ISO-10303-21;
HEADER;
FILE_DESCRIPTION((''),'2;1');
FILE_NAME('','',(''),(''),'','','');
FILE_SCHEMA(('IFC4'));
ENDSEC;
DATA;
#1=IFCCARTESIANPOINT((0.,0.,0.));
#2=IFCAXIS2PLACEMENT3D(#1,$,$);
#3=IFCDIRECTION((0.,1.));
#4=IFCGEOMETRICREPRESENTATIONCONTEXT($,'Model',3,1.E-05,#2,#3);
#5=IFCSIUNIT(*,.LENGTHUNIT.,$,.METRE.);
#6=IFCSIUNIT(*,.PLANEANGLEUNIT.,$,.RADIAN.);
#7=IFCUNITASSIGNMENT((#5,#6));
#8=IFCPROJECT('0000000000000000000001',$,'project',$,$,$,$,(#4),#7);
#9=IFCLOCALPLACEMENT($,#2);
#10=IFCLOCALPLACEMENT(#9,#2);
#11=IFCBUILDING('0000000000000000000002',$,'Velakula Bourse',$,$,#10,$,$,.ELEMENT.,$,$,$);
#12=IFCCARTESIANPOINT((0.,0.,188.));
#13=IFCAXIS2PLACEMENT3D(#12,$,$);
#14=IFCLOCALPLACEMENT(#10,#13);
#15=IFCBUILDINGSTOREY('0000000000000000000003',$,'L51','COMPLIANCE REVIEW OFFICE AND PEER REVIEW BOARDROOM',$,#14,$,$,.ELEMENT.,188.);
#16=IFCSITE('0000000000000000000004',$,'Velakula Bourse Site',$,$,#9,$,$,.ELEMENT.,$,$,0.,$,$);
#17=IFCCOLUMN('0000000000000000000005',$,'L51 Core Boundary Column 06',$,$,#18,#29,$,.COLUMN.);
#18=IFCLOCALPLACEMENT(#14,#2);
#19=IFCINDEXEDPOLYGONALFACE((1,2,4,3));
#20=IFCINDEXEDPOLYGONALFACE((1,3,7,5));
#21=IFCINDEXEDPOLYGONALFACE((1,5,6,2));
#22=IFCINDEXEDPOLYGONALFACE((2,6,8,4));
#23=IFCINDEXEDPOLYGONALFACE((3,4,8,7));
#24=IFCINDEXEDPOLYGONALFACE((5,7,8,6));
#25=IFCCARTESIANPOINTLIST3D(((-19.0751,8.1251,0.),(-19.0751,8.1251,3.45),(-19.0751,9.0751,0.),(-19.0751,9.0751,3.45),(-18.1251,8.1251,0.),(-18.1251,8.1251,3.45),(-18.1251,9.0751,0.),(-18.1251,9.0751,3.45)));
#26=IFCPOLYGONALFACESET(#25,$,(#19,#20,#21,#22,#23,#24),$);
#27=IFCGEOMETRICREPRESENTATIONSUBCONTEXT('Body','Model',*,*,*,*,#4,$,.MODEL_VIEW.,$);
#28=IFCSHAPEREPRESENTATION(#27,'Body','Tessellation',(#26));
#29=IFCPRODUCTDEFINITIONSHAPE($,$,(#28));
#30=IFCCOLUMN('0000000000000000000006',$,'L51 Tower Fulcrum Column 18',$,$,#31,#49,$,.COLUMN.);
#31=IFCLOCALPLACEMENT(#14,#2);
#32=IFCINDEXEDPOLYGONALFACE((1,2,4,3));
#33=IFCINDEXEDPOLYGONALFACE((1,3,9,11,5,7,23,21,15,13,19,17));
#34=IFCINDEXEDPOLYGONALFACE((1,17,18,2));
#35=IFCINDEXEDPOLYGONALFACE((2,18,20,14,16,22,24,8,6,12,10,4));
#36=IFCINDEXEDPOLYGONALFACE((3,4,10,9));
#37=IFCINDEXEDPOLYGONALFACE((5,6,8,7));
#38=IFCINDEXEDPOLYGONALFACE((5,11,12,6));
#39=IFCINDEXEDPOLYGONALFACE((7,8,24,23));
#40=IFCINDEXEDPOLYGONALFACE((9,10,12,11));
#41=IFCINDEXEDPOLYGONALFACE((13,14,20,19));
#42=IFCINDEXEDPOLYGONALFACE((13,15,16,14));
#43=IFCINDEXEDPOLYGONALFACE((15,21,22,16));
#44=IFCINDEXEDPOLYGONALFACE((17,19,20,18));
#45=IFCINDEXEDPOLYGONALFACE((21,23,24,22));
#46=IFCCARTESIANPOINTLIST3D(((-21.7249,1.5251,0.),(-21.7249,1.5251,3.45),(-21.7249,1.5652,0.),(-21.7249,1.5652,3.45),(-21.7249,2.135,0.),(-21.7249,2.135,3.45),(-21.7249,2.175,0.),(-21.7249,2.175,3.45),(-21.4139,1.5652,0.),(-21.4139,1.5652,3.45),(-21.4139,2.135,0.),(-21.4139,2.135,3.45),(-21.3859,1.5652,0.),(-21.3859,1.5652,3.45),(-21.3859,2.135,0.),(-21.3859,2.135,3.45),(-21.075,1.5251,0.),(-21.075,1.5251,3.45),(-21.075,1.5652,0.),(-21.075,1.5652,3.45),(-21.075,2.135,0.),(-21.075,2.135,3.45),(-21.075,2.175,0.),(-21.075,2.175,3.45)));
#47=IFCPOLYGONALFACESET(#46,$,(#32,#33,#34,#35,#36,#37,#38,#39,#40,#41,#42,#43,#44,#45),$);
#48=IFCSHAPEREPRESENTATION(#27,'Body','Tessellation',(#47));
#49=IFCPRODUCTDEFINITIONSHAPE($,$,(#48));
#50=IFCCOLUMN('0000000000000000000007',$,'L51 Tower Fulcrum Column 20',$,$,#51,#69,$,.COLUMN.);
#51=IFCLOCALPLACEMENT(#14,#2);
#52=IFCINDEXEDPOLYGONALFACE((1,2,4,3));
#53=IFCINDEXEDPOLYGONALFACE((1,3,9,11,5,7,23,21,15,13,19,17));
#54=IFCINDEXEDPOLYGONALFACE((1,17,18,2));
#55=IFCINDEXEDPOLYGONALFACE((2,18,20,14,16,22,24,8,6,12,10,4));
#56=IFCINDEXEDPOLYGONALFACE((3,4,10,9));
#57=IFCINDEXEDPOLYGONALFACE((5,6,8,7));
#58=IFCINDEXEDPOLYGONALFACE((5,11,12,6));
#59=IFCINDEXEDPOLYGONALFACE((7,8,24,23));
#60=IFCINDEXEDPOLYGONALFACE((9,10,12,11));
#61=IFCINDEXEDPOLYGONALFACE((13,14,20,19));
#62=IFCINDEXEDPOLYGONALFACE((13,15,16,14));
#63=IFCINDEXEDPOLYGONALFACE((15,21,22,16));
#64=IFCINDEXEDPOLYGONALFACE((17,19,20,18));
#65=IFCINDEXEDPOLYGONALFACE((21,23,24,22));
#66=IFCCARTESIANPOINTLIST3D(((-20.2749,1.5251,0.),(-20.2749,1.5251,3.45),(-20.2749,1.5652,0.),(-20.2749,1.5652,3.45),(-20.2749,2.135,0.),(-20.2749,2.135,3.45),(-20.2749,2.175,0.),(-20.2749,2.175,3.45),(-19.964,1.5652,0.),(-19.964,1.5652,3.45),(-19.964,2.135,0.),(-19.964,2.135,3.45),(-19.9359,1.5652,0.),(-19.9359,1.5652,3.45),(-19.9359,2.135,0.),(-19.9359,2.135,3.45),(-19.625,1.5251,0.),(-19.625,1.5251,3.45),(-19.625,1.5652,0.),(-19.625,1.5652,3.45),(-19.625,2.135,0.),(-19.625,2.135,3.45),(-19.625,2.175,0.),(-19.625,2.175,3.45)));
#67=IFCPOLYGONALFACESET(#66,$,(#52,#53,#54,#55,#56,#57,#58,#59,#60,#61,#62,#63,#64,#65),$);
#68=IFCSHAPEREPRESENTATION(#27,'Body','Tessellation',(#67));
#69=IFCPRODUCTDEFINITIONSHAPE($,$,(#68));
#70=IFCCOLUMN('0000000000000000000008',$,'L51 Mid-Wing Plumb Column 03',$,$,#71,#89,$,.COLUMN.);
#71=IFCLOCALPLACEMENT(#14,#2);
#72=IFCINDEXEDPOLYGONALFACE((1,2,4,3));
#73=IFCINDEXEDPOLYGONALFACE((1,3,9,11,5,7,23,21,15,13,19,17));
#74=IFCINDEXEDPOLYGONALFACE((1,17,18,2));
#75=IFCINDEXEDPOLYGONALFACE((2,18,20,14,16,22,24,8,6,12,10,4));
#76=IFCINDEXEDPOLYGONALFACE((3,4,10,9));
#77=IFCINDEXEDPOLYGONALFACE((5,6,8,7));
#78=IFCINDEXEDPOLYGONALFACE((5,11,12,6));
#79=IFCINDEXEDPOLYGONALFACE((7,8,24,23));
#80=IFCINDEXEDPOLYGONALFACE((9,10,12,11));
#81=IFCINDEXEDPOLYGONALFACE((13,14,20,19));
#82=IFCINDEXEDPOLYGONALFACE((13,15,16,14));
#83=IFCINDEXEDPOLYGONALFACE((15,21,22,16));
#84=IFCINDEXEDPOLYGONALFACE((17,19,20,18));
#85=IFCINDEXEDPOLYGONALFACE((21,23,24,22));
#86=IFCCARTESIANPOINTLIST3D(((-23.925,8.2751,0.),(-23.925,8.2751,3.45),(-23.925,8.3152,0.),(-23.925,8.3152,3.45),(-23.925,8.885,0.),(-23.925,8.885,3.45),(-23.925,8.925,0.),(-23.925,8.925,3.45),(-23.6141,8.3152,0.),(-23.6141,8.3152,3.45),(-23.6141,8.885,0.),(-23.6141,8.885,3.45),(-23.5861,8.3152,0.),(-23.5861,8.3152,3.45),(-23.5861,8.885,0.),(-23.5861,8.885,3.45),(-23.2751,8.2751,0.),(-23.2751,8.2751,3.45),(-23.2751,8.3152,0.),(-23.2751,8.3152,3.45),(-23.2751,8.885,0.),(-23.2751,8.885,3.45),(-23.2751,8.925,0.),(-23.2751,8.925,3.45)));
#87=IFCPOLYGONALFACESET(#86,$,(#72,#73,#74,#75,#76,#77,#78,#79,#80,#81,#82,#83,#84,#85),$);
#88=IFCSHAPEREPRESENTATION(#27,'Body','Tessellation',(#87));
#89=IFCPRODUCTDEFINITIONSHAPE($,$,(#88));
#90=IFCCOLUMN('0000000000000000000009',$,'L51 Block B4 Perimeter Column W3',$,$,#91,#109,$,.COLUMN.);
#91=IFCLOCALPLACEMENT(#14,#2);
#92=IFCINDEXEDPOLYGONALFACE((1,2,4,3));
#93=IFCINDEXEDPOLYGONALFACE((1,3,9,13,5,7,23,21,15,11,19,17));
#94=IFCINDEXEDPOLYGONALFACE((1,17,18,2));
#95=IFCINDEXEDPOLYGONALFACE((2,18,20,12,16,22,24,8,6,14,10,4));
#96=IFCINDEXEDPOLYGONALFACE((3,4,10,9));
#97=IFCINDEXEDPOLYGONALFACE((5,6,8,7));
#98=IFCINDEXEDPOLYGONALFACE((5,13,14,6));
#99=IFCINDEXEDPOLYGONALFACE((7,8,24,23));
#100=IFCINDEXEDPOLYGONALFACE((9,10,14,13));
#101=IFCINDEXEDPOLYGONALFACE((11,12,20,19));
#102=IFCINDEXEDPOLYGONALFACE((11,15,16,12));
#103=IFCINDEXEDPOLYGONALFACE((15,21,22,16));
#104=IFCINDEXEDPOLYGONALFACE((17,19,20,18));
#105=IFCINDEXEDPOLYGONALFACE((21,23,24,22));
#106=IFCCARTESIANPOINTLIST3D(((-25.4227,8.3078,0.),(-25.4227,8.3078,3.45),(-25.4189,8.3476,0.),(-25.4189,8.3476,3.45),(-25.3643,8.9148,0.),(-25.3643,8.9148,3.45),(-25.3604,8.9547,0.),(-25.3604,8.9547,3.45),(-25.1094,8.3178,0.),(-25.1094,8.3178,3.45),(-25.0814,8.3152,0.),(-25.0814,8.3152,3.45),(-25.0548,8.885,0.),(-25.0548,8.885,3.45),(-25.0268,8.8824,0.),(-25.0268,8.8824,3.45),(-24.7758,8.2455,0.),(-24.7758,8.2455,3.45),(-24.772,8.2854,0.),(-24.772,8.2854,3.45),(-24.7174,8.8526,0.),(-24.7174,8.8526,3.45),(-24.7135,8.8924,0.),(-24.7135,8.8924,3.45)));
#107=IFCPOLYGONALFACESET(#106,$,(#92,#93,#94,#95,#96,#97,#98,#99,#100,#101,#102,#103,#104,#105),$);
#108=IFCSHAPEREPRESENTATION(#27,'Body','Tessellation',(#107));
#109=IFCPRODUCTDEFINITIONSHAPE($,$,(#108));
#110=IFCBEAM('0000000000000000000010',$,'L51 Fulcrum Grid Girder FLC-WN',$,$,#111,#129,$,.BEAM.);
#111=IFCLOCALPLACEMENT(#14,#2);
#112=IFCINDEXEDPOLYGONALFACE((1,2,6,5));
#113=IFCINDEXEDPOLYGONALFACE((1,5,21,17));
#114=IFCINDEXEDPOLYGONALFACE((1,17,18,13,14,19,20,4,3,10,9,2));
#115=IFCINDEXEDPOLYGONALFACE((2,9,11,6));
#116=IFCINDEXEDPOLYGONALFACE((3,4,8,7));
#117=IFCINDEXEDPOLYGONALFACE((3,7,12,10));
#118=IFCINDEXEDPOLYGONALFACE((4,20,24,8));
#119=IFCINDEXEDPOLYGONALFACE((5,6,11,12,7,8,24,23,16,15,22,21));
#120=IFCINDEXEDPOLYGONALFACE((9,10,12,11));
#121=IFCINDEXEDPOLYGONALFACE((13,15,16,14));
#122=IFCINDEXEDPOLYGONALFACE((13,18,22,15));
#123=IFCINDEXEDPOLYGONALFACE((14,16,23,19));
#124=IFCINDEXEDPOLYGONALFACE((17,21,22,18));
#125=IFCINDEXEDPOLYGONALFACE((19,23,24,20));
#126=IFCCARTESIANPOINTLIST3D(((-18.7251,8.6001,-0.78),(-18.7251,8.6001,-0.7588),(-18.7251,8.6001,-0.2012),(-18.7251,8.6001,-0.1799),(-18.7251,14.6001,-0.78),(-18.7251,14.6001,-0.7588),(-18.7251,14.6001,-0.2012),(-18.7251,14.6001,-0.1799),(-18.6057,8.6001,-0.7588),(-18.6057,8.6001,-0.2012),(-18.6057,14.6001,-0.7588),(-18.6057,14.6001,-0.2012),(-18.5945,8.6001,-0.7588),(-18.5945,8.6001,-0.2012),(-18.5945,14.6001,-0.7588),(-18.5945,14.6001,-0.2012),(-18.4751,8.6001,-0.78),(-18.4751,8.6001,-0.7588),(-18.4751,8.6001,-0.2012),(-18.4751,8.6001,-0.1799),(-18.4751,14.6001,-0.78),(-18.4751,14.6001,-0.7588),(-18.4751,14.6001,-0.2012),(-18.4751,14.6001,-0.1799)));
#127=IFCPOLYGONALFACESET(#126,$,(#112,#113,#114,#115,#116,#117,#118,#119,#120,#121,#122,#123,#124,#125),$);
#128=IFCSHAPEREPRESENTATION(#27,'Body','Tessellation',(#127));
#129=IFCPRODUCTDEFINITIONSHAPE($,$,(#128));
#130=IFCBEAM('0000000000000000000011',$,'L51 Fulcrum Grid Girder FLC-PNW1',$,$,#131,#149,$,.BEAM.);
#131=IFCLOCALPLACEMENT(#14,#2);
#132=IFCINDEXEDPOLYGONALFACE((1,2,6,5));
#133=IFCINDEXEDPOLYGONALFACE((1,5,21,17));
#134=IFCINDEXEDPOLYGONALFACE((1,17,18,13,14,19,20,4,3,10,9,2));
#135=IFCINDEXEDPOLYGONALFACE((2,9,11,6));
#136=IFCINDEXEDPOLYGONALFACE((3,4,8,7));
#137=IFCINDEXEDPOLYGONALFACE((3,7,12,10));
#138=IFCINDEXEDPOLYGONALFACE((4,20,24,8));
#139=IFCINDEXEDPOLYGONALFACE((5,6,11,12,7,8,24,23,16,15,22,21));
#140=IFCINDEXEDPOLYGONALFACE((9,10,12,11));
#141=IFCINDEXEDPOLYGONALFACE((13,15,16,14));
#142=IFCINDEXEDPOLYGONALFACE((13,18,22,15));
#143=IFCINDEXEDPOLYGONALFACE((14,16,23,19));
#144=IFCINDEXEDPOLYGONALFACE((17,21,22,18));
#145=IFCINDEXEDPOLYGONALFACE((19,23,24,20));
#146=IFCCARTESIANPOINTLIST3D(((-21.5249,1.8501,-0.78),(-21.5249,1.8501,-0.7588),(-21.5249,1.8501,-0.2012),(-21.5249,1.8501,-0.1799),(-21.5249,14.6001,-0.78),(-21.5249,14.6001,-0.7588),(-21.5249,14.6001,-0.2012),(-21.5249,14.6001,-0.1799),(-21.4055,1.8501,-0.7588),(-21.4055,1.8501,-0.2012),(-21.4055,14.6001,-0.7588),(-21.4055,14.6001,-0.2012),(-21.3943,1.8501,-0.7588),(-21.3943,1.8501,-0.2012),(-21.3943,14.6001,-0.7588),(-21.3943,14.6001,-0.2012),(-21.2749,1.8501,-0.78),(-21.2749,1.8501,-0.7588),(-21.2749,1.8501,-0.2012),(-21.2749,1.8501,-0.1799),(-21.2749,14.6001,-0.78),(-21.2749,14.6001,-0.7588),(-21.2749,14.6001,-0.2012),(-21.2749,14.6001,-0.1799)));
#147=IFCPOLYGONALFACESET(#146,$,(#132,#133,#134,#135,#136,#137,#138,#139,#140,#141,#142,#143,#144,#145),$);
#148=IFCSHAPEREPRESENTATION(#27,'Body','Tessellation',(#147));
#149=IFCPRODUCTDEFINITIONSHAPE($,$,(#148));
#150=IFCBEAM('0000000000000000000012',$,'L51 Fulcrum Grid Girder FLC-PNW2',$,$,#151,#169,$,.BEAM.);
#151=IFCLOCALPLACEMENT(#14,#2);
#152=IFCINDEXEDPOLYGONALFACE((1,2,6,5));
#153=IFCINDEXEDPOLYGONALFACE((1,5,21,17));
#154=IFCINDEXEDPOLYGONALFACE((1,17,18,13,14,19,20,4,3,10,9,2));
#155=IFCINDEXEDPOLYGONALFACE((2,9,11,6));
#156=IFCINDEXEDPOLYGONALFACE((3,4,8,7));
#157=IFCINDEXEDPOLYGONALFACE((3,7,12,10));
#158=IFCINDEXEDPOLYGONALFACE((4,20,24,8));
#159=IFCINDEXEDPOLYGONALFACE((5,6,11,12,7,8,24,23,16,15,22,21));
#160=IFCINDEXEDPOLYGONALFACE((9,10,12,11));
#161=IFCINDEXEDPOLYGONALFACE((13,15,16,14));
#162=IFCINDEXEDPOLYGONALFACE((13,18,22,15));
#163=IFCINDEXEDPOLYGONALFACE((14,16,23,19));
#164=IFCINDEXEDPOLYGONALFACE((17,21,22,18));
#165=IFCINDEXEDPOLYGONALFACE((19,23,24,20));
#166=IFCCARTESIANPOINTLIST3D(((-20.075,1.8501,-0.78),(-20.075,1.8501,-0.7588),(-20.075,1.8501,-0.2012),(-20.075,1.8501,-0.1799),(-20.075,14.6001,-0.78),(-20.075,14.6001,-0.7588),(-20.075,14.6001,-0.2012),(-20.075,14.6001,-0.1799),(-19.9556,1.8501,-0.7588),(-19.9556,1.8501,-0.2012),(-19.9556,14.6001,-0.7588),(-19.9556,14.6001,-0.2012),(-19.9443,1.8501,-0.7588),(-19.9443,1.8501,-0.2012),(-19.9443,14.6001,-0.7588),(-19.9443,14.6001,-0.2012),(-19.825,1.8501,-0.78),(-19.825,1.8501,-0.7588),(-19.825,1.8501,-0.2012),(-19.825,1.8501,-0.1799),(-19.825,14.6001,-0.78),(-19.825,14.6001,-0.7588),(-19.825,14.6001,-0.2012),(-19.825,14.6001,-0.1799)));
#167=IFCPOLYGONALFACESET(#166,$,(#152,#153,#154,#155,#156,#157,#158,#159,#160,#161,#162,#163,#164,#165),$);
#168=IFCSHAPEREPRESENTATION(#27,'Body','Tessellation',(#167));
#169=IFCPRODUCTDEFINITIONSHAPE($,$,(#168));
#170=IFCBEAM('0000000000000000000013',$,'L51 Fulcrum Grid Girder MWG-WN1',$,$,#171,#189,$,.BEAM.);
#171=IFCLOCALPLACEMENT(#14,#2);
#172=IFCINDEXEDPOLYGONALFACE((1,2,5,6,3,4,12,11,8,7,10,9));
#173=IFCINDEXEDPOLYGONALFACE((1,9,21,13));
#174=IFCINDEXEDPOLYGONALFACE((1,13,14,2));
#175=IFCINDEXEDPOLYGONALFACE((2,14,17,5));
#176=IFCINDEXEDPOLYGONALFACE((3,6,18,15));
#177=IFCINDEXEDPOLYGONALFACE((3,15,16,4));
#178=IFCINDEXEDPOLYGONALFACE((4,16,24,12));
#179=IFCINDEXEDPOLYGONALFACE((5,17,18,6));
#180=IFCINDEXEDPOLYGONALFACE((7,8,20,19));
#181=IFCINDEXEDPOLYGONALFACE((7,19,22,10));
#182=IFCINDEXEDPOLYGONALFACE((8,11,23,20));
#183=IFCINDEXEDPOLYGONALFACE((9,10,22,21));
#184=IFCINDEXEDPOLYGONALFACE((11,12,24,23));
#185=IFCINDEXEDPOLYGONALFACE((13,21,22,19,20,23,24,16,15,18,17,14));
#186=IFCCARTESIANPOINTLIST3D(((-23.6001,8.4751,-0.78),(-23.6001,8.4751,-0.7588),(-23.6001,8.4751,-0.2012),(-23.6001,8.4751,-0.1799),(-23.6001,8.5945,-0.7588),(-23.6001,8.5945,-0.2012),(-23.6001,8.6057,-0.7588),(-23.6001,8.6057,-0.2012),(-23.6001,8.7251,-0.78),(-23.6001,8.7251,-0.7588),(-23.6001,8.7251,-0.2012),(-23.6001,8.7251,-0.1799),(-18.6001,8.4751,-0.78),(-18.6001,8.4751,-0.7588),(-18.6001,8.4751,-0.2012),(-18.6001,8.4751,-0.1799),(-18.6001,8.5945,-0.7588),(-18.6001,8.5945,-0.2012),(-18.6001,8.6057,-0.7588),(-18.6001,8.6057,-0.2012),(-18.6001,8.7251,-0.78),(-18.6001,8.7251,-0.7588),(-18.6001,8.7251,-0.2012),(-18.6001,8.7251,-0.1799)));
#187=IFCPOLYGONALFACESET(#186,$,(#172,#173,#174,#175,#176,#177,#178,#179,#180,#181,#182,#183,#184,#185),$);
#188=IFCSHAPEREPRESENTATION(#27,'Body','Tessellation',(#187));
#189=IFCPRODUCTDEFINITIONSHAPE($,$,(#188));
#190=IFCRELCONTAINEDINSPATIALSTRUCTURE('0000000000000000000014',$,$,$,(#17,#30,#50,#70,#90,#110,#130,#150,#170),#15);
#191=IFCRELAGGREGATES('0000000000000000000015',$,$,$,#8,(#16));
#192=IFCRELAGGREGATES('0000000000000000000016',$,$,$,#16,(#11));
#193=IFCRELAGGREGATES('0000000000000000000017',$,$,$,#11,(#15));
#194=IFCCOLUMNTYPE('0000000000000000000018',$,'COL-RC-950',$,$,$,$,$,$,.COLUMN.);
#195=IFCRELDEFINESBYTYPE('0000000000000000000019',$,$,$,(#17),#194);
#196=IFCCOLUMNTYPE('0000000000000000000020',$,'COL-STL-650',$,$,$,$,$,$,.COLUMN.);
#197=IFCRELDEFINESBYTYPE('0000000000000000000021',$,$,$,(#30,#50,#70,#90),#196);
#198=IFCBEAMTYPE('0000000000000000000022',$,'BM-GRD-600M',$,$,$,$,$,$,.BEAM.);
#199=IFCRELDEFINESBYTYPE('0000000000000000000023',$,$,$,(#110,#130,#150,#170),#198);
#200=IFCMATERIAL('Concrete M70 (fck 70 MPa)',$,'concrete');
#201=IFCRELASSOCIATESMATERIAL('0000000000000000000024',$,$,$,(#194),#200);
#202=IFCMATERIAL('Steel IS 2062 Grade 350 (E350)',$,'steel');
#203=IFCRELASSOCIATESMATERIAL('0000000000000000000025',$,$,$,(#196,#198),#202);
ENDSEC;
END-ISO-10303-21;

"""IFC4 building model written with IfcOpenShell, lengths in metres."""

from ifc_helpers import new_model, si_unit, direction, frame, origin, origin_2d, place, context, subcontext, project, spatial, rectangle, i_section, extrude, material, material_profile, profile_set, type_object, element, save


model = new_model("IFC4")

# Units and contexts
model_context = context("Model", 3, precision=1e-05, world=origin(), true_north=direction((0.0, 1.0)))
body_context = subcontext(model_context, "Body", "Model", "MODEL_VIEW")
ifc_project = project(units=[si_unit("LENGTHUNIT", "METRE"), si_unit("PLANEANGLEUNIT", "RADIAN")], contexts=[model_context])

# Site, building, storey
site_placement = place(None, origin())
site = spatial("IfcSite", under=ifc_project, at=site_placement, Name="Velakula Bourse Site", CompositionType="ELEMENT", RefElevation=0.0)
building_placement = place(site_placement, origin())
building = spatial("IfcBuilding", under=site, at=building_placement, Name="Velakula Bourse", CompositionType="ELEMENT")
storey_placement = place(building_placement, frame((0.0, 0.0, 188.0)))
storey = spatial("IfcBuildingStorey", under=building, at=storey_placement, Name="L51", Description="COMPLIANCE REVIEW OFFICE AND PEER REVIEW BOARDROOM", CompositionType="ELEMENT", Elevation=188.0)

# Columns
ifc_material_1 = material(Name="Concrete M70 (fck 70 MPa)", Category="concrete")
ifc_material_profile_1 = material_profile(ifc_material_1, rectangle(XDim=0.95, YDim=0.95, at=origin_2d()), Name="Concrete M70 (fck 70 MPa)")
ifc_profile_set_1 = profile_set([ifc_material_profile_1], Name="Concrete M70 (fck 70 MPa)")
column_type_1 = type_object("IfcColumnType", Name="COL-RC-950", PredefinedType="COLUMN", material=ifc_profile_set_1)
column_placement = place(storey_placement, frame((-18.6001, 8.6001, 0.0), z_axis=(0.0, 0.0, 1.0), x_axis=(1.0, 0.0, 0.0)))
element("IfcColumn", 1, at=column_placement, inside=storey, type_object=column_type_1, Name="L51 Core Boundary Column 06", PredefinedType="COLUMN", context=body_context, shape_type="SweptSolid", body=[
    extrude(rectangle(XDim=0.95, YDim=0.95, at=origin_2d()), origin(), (0.0, 0.0, 1.0), 3.45),
])
ifc_material_2 = material(Name="Steel IS 2062 Grade 350 (E350)", Category="steel")
ifc_material_profile_2 = material_profile(ifc_material_2, i_section(OverallWidth=0.6499, OverallDepth=0.6499, WebThickness=0.0281, FlangeThickness=0.04, at=origin_2d()), Name="Steel IS 2062 Grade 350 (E350)")
ifc_profile_set_2 = profile_set([ifc_material_profile_2], Name="Steel IS 2062 Grade 350 (E350)")
column_type_2 = type_object("IfcColumnType", Name="COL-STL-650", PredefinedType="COLUMN", material=ifc_profile_set_2)
for number, where, z_axis, x_axis, name in (
    (2, (-21.3999, 1.8501, 0.0), (0.0, 0.0, 1.0), (1.0, 0.0, 0.0), "L51 Tower Fulcrum Column 18"),
    (3, (-19.95, 1.8501, 0.0), (0.0, 0.0, 1.0), (1.0, 0.0, 0.0), "L51 Tower Fulcrum Column 20"),
    (4, (-23.6001, 8.6001, 0.0), (0.0, 0.0, 1.0), (1.0, 0.0, 0.0), "L51 Mid-Wing Plumb Column 03"),
    (5, (-25.0681, 8.6001, 0.0), (0.0, 0.0, 1.0), (0.995396, -0.095846, 0.0), "L51 Block B4 Perimeter Column W3"),
):
    element("IfcColumn", number, at=place(storey_placement, frame(where, z_axis=z_axis, x_axis=x_axis)), inside=storey, type_object=column_type_2, Name=name, PredefinedType="COLUMN", context=body_context, shape_type="SweptSolid", body=[
        extrude(i_section(OverallWidth=0.6499, OverallDepth=0.6499, WebThickness=0.0281, FlangeThickness=0.04, at=origin_2d()), origin(), (0.0, 0.0, 1.0), 3.45),
    ])

# Beams
ifc_material_profile_3 = material_profile(ifc_material_2, i_section(OverallWidth=0.25, OverallDepth=0.6001, WebThickness=0.0112, FlangeThickness=0.0212, at=origin_2d()), Name="Steel IS 2062 Grade 350 (E350)")
ifc_profile_set_3 = profile_set([ifc_material_profile_3], Name="Steel IS 2062 Grade 350 (E350)")
beam_type_1 = type_object("IfcBeamType", Name="BM-GRD-600M", PredefinedType="BEAM", material=ifc_profile_set_3)
beam_1_placement = place(storey_placement, frame((-18.6001, 8.6001, -0.48), z_axis=(0.0, 1.0, 0.0), x_axis=(-1.0, 0.0, 0.0)))
element("IfcBeam", 6, at=beam_1_placement, inside=storey, type_object=beam_type_1, Name="L51 Fulcrum Grid Girder FLC-WN", PredefinedType="BEAM", context=body_context, shape_type="SweptSolid", body=[
    extrude(i_section(OverallWidth=0.25, OverallDepth=0.6001, WebThickness=0.0112, FlangeThickness=0.0212, at=origin_2d()), origin(), (0.0, 0.0, 1.0), 6.0),
])
for number, where, z_axis, x_axis, name in (
    (7, (-21.3999, 1.8501, -0.48), (0.0, 1.0, 0.0), (-1.0, 0.0, 0.0), "L51 Fulcrum Grid Girder FLC-PNW1"),
    (8, (-19.95, 1.8501, -0.48), (0.0, 1.0, 0.0), (-1.0, 0.0, 0.0), "L51 Fulcrum Grid Girder FLC-PNW2"),
):
    element("IfcBeam", number, at=place(storey_placement, frame(where, z_axis=z_axis, x_axis=x_axis)), inside=storey, type_object=beam_type_1, Name=name, PredefinedType="BEAM", context=body_context, shape_type="SweptSolid", body=[
        extrude(i_section(OverallWidth=0.25, OverallDepth=0.6001, WebThickness=0.0112, FlangeThickness=0.0212, at=origin_2d()), origin(), (0.0, 0.0, 1.0), 12.75),
    ])
beam_2_placement = place(storey_placement, frame((-23.6001, 8.6001, -0.48), z_axis=(1.0, 0.0, 0.0), x_axis=(0.0, 1.0, 0.0)))
element("IfcBeam", 9, at=beam_2_placement, inside=storey, type_object=beam_type_1, Name="L51 Fulcrum Grid Girder MWG-WN1", PredefinedType="BEAM", context=body_context, shape_type="SweptSolid", body=[
    extrude(i_section(OverallWidth=0.25, OverallDepth=0.6001, WebThickness=0.0112, FlangeThickness=0.0212, at=origin_2d()), origin(), (0.0, 0.0, 1.0), 5.0),
])

save(model, "model.ifc")
